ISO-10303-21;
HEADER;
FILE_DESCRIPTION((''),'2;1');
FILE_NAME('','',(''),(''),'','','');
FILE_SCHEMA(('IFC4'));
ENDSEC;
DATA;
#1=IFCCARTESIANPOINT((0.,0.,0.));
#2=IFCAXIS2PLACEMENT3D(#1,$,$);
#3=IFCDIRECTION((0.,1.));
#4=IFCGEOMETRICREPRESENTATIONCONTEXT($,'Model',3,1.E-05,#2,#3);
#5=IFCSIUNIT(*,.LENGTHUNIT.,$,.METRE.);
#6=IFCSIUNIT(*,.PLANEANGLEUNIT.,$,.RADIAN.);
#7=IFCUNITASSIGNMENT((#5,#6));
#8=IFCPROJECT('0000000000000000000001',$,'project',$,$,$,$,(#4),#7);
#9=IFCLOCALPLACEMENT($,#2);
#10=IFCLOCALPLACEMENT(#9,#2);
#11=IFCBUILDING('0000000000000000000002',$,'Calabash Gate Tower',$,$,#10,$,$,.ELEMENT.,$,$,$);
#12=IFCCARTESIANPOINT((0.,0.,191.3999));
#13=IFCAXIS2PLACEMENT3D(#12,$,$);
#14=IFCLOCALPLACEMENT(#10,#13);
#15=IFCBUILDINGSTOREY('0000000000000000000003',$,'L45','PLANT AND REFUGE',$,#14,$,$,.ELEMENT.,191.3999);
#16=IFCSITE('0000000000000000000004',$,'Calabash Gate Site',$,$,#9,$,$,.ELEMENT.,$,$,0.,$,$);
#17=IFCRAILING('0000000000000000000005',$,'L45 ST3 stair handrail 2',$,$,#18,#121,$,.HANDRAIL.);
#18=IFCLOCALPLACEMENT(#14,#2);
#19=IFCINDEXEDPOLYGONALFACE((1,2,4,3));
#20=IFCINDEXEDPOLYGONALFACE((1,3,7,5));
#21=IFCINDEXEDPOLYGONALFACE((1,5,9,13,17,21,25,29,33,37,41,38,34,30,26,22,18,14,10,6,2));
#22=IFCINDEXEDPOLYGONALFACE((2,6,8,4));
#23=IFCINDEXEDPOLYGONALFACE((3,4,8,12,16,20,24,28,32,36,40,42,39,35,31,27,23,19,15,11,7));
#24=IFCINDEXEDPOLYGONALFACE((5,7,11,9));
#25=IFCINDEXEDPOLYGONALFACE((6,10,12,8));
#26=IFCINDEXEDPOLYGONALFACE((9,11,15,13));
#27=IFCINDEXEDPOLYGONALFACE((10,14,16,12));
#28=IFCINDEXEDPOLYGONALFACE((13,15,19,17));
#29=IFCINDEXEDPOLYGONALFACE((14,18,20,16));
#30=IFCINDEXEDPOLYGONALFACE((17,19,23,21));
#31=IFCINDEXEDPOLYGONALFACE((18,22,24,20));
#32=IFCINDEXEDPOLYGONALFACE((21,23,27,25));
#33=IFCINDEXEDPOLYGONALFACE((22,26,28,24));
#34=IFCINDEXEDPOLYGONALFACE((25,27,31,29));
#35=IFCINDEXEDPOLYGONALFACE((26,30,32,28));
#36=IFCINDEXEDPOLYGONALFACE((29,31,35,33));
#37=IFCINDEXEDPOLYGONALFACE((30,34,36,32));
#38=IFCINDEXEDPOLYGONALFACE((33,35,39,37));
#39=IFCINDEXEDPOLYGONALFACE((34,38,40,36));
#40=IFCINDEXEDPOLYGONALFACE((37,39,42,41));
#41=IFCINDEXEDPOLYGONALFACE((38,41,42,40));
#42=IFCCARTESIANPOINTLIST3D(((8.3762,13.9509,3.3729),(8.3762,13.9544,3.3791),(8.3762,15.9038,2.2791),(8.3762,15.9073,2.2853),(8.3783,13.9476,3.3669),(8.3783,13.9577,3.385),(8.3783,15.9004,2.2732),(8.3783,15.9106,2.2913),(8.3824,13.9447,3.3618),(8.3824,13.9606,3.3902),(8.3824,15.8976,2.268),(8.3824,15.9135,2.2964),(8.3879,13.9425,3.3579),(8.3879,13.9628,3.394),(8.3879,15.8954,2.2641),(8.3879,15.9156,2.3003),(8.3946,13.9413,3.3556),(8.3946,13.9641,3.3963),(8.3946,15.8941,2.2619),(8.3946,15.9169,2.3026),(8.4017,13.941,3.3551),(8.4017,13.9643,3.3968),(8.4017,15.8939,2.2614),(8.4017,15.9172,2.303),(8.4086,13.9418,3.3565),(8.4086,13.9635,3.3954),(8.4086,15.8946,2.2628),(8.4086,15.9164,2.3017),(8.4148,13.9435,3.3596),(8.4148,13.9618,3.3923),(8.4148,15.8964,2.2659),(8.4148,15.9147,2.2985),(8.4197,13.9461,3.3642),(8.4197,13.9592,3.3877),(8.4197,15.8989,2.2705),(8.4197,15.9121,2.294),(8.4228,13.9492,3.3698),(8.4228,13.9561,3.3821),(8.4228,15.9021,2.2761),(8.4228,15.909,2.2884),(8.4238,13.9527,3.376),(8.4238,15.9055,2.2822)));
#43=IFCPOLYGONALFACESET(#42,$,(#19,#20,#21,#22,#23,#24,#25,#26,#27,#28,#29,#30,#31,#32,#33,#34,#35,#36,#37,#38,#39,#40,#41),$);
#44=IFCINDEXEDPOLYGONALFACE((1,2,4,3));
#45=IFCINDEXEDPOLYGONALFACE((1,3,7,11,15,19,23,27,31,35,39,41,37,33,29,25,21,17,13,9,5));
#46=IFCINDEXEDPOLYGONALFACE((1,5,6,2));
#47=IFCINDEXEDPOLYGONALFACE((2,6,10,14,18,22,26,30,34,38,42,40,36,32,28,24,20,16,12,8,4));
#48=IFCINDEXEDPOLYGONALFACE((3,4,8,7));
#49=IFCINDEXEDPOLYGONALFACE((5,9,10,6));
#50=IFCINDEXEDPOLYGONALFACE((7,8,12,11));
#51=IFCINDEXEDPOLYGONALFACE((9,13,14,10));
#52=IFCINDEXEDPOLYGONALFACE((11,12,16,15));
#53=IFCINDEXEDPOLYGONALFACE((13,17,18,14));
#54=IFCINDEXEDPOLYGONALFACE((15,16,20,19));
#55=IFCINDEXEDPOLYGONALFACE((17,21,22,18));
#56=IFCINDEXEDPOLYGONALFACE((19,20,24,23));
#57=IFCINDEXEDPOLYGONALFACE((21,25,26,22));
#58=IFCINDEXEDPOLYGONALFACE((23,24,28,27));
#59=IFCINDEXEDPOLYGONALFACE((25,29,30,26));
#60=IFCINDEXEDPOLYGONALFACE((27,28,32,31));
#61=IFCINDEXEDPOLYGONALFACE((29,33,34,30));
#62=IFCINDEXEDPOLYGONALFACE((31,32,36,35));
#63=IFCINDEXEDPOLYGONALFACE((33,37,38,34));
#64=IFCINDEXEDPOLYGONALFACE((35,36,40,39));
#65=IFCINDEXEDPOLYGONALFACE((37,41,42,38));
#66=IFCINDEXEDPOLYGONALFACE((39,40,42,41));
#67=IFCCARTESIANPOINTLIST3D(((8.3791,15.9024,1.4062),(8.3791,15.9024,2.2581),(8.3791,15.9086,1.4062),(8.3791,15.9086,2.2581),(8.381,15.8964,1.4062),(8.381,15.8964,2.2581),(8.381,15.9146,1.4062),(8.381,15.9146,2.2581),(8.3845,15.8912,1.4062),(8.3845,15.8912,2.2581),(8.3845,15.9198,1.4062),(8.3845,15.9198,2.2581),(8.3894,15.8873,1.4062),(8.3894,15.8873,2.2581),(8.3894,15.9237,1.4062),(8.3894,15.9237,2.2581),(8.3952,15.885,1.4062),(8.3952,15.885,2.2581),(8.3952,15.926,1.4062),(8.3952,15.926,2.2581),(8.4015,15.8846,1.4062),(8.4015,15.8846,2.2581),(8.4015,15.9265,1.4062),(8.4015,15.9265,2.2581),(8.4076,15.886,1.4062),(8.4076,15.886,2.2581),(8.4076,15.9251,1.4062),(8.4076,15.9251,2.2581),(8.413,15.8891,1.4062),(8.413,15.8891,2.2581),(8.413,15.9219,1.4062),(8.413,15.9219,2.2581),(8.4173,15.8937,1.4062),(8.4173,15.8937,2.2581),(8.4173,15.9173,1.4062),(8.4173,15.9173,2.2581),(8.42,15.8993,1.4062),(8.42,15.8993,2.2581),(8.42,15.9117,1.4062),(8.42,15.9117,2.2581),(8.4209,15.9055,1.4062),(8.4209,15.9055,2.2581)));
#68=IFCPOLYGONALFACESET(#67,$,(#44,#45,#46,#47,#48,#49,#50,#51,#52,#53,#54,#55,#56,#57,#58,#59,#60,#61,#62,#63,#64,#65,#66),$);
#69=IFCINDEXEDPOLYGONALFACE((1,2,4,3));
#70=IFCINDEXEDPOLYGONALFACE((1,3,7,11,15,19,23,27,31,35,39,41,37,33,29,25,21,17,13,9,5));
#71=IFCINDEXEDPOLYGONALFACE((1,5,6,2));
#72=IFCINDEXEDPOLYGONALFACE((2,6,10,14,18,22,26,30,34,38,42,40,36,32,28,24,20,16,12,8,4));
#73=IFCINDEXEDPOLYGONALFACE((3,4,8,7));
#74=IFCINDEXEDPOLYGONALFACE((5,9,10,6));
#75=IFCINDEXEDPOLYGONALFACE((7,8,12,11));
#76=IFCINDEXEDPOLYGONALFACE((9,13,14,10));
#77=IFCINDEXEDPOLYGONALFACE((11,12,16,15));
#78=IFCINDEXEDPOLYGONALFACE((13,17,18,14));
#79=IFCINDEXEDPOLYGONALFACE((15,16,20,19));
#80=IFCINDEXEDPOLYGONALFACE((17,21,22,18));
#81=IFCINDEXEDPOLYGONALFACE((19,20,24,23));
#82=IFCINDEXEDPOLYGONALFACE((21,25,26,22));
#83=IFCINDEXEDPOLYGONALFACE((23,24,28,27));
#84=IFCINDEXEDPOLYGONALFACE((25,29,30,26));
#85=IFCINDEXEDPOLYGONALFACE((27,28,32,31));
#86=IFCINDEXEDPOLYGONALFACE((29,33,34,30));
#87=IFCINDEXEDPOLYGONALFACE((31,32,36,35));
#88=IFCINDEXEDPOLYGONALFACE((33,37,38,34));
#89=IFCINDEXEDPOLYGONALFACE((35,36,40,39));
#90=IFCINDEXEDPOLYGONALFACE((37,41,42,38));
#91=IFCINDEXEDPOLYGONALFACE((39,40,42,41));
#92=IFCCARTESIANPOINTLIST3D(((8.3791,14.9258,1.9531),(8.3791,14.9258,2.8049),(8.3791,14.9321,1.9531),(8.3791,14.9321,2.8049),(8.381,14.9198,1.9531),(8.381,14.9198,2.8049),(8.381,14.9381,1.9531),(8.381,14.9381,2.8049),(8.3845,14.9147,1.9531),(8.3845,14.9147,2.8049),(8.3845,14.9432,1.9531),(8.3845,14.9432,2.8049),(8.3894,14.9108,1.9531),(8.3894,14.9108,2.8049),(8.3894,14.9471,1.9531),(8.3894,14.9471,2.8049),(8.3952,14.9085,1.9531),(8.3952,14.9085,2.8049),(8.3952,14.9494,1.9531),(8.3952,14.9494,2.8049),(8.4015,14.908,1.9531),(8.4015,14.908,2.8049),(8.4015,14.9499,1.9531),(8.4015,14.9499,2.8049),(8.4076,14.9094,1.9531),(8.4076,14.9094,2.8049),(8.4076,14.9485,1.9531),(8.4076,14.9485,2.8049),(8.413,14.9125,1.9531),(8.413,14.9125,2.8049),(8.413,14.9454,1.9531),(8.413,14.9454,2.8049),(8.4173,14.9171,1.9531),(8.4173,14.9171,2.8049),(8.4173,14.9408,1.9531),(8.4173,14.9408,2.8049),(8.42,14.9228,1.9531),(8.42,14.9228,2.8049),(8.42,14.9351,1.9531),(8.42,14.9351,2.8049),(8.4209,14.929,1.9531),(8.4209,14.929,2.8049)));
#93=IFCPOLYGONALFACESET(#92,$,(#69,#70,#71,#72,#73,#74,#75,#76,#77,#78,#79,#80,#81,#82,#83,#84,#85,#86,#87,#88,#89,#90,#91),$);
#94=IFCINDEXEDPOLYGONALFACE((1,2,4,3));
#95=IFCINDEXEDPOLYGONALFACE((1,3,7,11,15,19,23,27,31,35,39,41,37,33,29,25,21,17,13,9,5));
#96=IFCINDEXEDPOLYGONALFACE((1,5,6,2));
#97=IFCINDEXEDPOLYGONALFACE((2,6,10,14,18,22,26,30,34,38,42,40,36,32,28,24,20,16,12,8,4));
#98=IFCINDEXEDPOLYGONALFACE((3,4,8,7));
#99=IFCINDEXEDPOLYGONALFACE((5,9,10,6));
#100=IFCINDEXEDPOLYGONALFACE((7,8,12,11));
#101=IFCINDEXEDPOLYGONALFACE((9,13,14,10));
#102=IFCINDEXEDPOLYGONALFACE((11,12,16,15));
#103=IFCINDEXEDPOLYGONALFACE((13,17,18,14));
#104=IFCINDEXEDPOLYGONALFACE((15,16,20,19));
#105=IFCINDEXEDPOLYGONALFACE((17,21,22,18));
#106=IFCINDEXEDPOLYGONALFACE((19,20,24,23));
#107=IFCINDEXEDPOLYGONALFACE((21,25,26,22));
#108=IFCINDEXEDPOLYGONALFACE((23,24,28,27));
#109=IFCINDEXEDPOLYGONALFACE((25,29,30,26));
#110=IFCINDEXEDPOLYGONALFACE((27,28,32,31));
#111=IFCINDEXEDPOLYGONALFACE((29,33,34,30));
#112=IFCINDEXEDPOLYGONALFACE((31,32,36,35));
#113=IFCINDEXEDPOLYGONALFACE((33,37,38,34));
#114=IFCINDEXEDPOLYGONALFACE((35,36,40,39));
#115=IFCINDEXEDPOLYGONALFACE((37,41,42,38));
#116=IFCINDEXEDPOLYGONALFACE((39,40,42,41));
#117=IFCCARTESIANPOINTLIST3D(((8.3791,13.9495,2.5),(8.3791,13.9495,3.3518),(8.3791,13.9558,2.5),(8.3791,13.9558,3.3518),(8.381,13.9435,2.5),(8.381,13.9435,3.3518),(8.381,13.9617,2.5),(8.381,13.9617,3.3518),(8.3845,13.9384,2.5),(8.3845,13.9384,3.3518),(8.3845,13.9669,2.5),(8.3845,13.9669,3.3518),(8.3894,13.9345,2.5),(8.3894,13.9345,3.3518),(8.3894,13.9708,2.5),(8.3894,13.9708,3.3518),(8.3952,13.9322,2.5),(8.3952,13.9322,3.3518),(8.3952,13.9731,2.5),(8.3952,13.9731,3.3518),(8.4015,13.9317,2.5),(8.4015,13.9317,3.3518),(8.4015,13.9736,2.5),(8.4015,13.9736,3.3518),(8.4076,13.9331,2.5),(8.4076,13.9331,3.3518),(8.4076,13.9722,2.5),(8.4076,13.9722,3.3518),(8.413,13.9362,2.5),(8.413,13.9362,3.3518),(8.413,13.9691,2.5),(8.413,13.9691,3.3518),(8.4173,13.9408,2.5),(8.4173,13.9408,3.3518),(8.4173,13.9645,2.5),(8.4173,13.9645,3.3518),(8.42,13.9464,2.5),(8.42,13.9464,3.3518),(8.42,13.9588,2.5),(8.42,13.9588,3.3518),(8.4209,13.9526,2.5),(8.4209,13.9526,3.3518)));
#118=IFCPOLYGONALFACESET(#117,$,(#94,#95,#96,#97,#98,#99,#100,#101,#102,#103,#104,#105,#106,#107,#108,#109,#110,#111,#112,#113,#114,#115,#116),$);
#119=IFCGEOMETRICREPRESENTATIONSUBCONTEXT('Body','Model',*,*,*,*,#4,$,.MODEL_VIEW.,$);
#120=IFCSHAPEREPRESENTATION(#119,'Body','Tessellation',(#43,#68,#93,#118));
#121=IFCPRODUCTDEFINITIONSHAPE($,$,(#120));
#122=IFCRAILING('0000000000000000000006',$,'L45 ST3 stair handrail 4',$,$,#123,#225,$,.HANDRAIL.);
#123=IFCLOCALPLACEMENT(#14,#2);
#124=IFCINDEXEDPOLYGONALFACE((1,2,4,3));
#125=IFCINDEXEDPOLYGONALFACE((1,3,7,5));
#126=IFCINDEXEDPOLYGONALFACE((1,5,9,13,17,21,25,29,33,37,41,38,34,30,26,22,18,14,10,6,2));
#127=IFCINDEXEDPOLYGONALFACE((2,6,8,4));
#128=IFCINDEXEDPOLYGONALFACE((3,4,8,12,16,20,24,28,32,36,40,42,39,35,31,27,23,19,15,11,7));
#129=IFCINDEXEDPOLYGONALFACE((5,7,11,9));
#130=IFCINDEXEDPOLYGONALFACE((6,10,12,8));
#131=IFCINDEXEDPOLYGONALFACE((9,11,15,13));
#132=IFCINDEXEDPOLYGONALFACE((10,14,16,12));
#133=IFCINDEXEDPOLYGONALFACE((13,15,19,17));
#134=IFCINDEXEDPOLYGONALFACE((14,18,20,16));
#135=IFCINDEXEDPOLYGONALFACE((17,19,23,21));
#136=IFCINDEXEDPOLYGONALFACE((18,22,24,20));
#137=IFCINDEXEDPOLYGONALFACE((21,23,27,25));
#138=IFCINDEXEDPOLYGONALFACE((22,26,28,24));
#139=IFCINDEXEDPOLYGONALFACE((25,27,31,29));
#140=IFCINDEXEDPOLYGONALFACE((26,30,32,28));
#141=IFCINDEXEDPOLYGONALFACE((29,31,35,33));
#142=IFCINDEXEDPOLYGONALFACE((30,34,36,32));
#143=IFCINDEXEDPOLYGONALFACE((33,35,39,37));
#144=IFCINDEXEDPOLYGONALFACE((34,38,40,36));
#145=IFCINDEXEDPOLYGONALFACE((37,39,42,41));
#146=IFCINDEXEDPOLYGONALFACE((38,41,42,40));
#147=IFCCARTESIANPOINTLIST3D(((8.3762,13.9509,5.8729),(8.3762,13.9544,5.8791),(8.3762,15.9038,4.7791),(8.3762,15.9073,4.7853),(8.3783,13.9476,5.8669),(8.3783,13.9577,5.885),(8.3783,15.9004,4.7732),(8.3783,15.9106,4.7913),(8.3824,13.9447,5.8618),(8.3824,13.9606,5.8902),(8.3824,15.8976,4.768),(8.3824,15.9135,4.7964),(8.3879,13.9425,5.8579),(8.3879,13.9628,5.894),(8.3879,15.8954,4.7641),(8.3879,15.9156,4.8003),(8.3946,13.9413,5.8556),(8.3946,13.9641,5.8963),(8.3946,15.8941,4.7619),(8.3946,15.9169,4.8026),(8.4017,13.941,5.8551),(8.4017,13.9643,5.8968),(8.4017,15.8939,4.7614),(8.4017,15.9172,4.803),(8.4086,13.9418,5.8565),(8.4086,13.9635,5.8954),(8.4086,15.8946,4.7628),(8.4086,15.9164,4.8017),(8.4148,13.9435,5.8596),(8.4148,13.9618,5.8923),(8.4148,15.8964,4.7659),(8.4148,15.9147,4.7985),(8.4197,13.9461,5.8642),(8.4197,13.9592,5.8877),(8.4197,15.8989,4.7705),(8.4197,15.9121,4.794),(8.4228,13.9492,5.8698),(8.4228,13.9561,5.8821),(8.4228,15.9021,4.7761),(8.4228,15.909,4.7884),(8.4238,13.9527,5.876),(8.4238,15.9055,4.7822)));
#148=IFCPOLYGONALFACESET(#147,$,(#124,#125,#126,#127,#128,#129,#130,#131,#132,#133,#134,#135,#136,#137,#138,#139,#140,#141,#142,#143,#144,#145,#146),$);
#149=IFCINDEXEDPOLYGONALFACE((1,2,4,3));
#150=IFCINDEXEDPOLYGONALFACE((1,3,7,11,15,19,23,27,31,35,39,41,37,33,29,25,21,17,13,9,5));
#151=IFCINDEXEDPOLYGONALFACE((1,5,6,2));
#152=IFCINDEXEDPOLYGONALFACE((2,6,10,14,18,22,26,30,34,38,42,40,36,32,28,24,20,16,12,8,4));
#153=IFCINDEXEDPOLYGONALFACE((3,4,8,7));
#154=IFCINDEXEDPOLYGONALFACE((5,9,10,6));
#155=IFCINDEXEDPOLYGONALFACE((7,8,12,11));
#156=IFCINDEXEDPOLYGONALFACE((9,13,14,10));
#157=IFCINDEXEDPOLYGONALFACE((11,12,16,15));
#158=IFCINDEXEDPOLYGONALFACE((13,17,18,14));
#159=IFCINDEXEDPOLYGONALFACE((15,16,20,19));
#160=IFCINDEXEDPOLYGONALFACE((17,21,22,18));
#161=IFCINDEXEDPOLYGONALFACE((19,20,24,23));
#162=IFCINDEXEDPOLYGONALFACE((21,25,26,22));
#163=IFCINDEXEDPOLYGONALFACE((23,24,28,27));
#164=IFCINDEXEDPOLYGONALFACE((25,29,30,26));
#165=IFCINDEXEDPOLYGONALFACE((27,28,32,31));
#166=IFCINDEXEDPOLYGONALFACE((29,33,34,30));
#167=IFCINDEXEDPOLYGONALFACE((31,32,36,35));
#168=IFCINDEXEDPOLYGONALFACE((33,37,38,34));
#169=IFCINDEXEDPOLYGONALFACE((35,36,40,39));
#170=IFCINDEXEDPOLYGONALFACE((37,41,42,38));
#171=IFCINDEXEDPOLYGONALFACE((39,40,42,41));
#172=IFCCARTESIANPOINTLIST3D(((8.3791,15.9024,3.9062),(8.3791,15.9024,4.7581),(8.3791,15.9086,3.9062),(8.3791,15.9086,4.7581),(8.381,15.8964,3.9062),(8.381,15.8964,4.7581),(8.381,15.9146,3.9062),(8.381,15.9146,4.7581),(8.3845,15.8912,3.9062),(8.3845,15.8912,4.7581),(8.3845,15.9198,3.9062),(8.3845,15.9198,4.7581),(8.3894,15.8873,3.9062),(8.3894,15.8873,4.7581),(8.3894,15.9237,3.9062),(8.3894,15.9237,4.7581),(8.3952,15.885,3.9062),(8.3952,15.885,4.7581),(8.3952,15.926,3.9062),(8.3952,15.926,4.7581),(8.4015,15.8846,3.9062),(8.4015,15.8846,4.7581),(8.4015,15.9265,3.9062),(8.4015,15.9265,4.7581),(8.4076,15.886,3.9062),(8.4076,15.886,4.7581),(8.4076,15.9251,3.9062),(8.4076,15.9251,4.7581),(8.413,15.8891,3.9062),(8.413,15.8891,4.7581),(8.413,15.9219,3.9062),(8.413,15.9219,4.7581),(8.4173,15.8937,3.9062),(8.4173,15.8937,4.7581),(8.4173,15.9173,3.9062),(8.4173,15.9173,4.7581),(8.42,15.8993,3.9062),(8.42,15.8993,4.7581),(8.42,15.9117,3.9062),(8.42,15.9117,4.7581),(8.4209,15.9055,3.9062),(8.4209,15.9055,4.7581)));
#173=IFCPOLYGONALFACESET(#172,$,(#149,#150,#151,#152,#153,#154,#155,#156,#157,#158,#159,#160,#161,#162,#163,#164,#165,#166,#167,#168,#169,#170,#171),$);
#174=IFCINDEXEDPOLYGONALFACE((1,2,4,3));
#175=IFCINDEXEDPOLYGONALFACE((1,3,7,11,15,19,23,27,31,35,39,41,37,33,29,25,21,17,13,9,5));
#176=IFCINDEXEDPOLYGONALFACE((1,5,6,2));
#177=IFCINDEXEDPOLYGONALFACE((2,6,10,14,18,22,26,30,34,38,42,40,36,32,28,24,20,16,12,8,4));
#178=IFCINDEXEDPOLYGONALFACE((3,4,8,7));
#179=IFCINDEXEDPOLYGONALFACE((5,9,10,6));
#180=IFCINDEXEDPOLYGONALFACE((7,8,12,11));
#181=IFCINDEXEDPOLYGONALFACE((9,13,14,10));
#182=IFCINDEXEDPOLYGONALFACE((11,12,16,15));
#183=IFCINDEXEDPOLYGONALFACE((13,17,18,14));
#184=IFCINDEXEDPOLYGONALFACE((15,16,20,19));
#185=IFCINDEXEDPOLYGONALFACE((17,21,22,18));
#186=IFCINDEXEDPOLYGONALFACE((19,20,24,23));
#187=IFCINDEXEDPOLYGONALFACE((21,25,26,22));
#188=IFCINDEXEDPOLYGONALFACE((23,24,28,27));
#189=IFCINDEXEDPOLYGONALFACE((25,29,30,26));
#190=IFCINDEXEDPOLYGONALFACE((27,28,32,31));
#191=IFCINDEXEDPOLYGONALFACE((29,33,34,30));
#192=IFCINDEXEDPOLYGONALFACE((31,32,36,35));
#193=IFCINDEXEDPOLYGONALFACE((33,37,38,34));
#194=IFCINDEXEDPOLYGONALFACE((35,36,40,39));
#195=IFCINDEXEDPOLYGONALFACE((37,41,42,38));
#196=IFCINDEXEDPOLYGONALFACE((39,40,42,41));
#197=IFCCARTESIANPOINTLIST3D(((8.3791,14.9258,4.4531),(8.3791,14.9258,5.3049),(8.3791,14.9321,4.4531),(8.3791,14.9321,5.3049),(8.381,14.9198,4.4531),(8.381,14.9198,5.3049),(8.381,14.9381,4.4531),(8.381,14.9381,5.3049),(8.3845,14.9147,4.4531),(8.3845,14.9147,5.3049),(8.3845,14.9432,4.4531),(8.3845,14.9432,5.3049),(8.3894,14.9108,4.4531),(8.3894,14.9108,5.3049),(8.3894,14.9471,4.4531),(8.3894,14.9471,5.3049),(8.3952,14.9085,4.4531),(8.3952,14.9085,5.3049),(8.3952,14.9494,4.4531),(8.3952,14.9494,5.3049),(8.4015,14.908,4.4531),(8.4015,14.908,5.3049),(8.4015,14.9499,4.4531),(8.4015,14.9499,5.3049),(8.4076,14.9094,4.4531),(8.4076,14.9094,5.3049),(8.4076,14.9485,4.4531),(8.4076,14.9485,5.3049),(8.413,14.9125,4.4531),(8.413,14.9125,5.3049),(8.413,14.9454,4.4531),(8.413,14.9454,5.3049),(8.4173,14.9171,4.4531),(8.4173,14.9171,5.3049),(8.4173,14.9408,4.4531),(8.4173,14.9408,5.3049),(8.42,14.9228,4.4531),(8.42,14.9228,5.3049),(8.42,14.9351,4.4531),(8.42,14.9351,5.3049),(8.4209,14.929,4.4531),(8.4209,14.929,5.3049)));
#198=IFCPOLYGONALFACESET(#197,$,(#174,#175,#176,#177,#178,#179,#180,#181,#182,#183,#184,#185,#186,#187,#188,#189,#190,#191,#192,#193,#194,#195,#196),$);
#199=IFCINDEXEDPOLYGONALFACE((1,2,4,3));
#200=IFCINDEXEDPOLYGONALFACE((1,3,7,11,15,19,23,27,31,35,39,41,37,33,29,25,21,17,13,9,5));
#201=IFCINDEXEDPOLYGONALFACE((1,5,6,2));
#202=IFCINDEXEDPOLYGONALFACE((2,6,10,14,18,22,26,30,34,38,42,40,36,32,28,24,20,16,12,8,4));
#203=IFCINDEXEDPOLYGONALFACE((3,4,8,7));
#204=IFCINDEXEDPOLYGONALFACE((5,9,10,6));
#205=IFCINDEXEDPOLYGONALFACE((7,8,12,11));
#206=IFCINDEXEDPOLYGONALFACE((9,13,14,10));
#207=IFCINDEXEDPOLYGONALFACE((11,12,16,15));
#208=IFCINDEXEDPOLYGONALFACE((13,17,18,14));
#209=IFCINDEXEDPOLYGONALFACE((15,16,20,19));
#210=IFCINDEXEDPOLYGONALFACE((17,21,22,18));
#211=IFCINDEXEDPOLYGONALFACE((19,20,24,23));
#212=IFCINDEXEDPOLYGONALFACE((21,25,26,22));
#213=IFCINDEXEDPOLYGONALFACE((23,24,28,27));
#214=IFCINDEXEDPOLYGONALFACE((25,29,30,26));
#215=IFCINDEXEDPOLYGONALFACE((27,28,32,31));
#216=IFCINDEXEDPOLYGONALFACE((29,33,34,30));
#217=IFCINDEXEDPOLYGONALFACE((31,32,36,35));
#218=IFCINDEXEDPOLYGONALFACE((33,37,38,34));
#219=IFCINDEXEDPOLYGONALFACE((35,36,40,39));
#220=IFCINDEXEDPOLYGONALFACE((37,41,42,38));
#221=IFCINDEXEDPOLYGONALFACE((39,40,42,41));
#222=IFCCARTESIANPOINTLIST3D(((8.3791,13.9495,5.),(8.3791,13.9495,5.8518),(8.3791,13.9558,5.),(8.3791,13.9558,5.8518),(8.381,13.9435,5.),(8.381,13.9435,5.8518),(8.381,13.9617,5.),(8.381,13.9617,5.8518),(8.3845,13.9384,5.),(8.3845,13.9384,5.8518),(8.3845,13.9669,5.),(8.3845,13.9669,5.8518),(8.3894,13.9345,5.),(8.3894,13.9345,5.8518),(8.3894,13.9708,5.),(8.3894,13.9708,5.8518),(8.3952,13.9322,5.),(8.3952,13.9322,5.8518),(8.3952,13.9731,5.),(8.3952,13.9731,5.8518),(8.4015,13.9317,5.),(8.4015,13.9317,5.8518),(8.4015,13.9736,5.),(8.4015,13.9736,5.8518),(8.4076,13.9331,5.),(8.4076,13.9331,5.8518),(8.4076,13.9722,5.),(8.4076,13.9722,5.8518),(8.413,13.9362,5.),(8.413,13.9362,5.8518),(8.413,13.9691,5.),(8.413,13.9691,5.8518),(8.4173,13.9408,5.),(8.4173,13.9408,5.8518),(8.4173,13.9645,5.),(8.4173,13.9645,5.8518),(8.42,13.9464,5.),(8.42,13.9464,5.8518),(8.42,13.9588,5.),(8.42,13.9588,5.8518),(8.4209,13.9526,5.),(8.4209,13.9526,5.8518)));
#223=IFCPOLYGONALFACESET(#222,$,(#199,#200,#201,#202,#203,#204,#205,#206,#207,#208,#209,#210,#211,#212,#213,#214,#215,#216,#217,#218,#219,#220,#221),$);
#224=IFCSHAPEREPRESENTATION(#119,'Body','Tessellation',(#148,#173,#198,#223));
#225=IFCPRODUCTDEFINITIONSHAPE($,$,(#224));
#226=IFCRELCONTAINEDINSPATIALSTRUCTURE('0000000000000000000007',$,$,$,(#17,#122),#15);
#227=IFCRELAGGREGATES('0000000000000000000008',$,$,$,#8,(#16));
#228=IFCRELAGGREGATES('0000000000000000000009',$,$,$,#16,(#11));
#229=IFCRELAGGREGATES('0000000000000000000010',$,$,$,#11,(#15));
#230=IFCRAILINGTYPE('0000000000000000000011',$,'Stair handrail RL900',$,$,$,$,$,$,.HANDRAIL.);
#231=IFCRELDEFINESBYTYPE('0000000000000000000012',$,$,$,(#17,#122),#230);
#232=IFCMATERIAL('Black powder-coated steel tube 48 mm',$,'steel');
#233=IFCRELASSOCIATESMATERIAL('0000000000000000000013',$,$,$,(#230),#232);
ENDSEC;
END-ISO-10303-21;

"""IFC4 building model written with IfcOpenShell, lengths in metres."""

from ifc_helpers import new_model, si_unit, direction, frame, origin, origin_2d, place, context, subcontext, project, spatial, circle, extrude, material, type_object, element, save


model = new_model("IFC4")

# Units and contexts
model_context = context("Model", 3, precision=1e-05, world=origin(), true_north=direction((0.0, 1.0)))
body_context = subcontext(model_context, "Body", "Model", "MODEL_VIEW")
ifc_project = project(units=[si_unit("LENGTHUNIT", "METRE"), si_unit("PLANEANGLEUNIT", "RADIAN")], contexts=[model_context])

# Site, building, storey
site_placement = place(None, origin())
site = spatial("IfcSite", under=ifc_project, at=site_placement, Name="Calabash Gate Site", CompositionType="ELEMENT", RefElevation=0.0)
building_placement = place(site_placement, origin())
building = spatial("IfcBuilding", under=site, at=building_placement, Name="Calabash Gate Tower", CompositionType="ELEMENT")
storey_placement = place(building_placement, frame((0.0, 0.0, 191.3999)))
storey = spatial("IfcBuildingStorey", under=building, at=storey_placement, Name="L45", Description="PLANT AND REFUGE", CompositionType="ELEMENT", Elevation=191.3999)

# Railings
ifc_material_1 = material(Name="Black powder-coated steel tube 48 mm", Category="steel")
railing_type_1 = type_object("IfcRailingType", Name="Stair handrail RL900", PredefinedType="HANDRAIL", material=ifc_material_1)
for number, where, name in (
    (1, (8.3999, 15.9055, 1.4062), "L45 ST3 stair handrail 2"),
    (2, (8.3999, 15.9055, 3.9062), "L45 ST3 stair handrail 4"),
):
    element("IfcRailing", number, at=place(storey_placement, frame(where)), inside=storey, type_object=railing_type_1, Name=name, PredefinedType="HANDRAIL", context=body_context, shape_type="SweptSolid", body=[
        extrude(circle(Radius=0.0239, at=origin_2d()), frame((0.0, 0.0, 0.876), z_axis=(0.0, -0.87248, 0.48865), x_axis=(1.0, 0.0, 0.0)), (0.0, 0.0, 1.0), 2.2383),
        extrude(circle(Radius=0.021, at=origin_2d()), origin(), (0.0, 0.0, 1.0), 0.8518),
        extrude(circle(Radius=0.021, at=origin_2d()), frame((0.0, -0.9766, 0.5469)), (0.0, 0.0, 1.0), 0.8518),
        extrude(circle(Radius=0.021, at=origin_2d()), frame((0.0, -1.9529, 1.0938)), (0.0, 0.0, 1.0), 0.8518),
    ])

save(model, "model.ifc")
